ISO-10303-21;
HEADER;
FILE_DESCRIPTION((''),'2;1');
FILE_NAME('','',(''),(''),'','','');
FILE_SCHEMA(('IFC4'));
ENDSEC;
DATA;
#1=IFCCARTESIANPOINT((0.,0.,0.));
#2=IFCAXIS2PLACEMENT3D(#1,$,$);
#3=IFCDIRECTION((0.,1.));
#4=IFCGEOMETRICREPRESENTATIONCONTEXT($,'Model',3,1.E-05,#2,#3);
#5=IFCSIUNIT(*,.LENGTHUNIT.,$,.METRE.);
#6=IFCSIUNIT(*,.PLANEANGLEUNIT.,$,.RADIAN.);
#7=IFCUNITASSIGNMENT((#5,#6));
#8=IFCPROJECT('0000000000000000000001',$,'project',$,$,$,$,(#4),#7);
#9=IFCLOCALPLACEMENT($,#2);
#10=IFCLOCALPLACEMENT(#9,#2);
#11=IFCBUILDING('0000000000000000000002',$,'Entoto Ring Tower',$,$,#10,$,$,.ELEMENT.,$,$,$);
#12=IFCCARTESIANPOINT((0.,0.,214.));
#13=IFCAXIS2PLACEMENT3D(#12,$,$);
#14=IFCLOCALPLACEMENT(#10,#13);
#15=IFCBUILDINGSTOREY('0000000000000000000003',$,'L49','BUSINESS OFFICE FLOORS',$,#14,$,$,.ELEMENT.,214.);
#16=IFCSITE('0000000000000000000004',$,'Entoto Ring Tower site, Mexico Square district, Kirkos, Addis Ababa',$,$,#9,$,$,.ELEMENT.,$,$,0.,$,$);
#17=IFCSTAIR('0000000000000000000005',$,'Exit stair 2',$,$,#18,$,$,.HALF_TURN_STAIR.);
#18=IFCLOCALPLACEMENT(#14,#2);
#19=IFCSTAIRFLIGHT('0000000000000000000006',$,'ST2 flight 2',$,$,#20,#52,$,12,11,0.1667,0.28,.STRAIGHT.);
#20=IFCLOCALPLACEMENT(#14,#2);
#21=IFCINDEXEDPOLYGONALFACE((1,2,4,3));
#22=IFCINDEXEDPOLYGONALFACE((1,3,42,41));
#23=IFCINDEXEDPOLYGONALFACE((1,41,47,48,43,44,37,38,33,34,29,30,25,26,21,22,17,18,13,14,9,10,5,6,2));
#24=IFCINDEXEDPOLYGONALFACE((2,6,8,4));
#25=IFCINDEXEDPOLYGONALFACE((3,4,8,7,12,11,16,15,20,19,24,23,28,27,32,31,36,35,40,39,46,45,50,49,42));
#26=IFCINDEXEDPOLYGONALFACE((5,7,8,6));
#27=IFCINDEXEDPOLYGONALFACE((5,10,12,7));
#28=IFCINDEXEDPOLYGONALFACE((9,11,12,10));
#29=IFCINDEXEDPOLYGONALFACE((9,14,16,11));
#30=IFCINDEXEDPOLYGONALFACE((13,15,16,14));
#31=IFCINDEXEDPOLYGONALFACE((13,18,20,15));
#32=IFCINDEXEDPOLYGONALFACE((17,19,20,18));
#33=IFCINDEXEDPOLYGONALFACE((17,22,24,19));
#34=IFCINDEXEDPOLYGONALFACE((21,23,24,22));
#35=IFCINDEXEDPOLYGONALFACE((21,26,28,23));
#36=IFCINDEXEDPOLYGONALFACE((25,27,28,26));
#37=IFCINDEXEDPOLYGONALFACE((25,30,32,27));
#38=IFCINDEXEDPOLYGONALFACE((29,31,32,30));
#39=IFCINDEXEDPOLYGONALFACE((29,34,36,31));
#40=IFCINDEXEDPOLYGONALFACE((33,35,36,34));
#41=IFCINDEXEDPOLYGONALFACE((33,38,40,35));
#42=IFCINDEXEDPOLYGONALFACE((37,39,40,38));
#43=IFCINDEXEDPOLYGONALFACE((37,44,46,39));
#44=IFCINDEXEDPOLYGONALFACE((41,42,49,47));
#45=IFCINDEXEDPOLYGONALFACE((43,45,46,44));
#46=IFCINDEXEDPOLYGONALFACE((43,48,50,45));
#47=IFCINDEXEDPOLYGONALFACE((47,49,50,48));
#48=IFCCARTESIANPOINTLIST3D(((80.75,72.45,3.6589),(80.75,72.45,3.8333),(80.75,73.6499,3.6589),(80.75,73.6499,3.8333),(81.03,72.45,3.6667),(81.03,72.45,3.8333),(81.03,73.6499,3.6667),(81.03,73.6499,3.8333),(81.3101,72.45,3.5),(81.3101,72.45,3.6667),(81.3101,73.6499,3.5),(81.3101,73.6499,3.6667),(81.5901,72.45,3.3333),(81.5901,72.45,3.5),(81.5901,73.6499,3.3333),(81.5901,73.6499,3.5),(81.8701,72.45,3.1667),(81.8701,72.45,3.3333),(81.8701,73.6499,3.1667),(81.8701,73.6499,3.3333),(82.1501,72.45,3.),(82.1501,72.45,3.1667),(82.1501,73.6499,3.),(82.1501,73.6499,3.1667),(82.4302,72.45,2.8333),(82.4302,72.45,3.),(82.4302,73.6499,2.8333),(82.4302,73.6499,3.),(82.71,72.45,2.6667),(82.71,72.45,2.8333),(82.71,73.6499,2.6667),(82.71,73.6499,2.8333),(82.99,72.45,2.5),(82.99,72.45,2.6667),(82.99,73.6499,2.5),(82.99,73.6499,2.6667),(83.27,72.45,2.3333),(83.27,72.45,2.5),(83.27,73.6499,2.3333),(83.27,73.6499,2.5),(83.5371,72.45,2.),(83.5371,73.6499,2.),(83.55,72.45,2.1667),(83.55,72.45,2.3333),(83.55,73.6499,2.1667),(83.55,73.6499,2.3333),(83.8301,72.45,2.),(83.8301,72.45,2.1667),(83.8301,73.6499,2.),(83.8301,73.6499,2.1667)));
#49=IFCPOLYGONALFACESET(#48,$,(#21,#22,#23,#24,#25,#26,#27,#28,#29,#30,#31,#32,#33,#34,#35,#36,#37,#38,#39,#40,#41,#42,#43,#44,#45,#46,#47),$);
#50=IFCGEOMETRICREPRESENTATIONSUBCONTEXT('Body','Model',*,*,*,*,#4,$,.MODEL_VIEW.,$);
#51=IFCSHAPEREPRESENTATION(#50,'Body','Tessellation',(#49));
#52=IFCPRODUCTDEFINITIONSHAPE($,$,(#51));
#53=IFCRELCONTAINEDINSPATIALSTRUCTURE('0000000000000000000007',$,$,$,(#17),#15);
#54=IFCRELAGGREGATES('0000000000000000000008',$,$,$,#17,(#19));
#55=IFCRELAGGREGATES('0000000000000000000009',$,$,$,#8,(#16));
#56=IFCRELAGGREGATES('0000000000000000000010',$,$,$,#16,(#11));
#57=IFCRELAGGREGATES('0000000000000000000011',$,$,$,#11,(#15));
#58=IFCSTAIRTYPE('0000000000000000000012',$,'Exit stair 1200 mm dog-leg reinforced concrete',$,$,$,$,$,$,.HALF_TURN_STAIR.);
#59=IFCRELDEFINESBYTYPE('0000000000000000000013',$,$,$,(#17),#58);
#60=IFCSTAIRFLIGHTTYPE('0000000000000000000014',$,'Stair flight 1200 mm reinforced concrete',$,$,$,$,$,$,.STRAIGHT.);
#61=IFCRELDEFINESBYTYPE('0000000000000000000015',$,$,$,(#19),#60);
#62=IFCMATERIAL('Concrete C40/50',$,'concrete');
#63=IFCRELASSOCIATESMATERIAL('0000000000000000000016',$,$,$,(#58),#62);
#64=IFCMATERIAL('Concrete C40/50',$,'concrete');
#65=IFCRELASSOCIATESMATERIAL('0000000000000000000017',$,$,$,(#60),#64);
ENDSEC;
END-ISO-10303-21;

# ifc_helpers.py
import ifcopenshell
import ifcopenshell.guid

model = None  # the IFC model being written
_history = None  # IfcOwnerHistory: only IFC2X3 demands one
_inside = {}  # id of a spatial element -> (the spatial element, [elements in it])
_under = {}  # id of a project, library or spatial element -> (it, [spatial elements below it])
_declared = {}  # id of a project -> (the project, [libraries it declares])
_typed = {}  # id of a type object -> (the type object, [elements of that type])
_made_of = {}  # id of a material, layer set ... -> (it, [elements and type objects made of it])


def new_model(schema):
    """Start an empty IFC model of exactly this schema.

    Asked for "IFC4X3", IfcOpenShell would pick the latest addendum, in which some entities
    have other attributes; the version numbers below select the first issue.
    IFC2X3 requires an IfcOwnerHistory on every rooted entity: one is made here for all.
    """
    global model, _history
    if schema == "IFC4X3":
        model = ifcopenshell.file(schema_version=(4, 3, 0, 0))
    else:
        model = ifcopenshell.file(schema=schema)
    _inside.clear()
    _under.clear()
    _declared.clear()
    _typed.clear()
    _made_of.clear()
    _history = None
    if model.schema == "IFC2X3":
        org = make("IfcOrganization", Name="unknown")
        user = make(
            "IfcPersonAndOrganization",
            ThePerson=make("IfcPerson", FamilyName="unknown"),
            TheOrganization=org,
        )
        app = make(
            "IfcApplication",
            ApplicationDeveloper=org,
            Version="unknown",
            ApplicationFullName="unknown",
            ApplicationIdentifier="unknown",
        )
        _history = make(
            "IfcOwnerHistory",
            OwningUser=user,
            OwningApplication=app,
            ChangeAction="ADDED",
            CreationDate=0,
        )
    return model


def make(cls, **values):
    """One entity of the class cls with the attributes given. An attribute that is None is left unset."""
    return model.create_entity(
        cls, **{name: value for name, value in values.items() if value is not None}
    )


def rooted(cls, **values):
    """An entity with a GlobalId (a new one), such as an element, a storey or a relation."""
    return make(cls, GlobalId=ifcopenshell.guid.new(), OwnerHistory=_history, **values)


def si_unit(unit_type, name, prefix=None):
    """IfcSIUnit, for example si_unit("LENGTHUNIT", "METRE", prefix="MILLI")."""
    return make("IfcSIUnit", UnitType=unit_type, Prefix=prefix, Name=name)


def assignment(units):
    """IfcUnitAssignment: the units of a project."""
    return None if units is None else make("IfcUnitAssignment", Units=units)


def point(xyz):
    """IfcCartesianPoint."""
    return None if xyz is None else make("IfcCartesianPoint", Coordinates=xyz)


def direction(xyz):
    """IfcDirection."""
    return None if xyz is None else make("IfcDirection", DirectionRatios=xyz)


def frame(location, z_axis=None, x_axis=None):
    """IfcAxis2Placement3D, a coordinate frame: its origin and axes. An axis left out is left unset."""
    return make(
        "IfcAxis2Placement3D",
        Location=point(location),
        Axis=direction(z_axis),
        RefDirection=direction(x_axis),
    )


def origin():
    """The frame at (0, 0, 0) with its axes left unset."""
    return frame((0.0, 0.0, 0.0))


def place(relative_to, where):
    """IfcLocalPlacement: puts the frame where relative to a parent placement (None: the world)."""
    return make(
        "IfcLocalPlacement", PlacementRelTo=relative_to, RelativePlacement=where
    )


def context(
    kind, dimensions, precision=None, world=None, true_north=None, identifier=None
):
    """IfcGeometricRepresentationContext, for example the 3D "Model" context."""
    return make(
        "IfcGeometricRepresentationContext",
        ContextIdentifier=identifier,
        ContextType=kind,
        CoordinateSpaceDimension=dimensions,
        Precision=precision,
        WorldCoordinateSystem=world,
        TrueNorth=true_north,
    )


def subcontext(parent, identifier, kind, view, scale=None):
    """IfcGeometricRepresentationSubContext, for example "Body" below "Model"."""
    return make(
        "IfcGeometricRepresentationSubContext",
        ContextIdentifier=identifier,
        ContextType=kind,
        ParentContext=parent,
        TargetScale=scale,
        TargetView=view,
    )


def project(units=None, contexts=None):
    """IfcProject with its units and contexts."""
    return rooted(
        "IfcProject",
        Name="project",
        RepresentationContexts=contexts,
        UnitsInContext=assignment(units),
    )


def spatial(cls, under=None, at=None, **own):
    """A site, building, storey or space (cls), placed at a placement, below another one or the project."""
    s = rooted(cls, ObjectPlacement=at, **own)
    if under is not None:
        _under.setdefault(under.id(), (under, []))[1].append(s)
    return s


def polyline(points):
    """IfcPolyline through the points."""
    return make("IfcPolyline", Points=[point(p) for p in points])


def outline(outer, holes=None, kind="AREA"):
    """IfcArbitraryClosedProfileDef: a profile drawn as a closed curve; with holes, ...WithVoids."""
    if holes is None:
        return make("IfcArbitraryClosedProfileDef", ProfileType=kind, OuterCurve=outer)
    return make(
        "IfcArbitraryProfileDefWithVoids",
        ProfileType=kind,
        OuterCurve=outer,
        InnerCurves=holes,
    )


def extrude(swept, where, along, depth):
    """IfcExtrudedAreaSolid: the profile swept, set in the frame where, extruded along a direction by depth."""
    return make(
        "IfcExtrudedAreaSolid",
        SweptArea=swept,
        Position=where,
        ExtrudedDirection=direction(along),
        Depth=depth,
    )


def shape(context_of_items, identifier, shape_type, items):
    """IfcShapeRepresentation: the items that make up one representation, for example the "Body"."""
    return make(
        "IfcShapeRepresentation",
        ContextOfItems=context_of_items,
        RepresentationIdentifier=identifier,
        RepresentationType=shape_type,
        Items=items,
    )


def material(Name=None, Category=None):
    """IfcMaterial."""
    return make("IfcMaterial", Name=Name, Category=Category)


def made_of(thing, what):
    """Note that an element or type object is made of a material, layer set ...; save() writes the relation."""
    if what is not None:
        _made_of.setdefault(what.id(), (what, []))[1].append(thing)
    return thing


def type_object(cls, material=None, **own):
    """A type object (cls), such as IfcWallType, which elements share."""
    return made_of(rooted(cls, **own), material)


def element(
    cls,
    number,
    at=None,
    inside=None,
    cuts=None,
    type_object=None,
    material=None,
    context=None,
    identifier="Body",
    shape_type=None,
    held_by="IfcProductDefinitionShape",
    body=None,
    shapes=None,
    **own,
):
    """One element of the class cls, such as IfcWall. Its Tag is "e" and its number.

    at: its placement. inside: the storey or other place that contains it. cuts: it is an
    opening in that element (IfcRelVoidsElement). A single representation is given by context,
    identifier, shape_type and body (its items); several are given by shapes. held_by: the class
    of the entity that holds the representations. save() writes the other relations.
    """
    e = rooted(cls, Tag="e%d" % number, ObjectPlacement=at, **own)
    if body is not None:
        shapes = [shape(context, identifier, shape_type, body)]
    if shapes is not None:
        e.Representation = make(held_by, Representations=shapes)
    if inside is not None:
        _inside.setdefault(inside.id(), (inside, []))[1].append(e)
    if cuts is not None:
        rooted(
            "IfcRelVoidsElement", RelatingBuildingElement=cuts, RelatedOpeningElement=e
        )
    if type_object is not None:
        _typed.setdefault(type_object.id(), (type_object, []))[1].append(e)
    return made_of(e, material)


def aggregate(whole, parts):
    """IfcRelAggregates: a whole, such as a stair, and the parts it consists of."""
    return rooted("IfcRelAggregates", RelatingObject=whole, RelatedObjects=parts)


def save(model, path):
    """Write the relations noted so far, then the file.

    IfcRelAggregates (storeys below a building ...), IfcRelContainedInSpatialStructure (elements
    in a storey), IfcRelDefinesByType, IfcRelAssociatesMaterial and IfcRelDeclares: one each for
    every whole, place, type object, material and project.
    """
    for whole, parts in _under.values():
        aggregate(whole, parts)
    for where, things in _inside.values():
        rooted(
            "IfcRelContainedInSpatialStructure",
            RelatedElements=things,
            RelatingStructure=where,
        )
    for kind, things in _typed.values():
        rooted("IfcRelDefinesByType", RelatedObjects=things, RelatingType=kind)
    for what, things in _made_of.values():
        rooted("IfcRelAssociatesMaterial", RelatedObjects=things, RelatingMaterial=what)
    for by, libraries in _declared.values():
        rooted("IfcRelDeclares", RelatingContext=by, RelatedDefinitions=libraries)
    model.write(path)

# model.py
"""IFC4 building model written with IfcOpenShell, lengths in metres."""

from ifc_helpers import new_model, si_unit, direction, frame, origin, place, context, subcontext, project, spatial, polyline, outline, extrude, material, type_object, element, aggregate, save


model = new_model("IFC4")

# Units and contexts
model_context = context("Model", 3, precision=1e-05, world=origin(), true_north=direction((0.0, 1.0)))
body_context = subcontext(model_context, "Body", "Model", "MODEL_VIEW")
ifc_project = project(units=[si_unit("LENGTHUNIT", "METRE"), si_unit("PLANEANGLEUNIT", "RADIAN")], contexts=[model_context])

# Site, building, storey
site_placement = place(None, origin())
site = spatial("IfcSite", under=ifc_project, at=site_placement, Name="Entoto Ring Tower site, Mexico Square district, Kirkos, Addis Ababa", CompositionType="ELEMENT", RefElevation=0.0)
building_placement = place(site_placement, origin())
building = spatial("IfcBuilding", under=site, at=building_placement, Name="Entoto Ring Tower", CompositionType="ELEMENT")
storey_placement = place(building_placement, frame((0.0, 0.0, 214.0)))
storey = spatial("IfcBuildingStorey", under=building, at=storey_placement, Name="L49", Description="BUSINESS OFFICE FLOORS", CompositionType="ELEMENT", Elevation=214.0)

# Stair, stair flight
ifc_material_1 = material(Name="Concrete C40/50", Category="concrete")
stair_type = type_object("IfcStairType", Name="Exit stair 1200 mm dog-leg reinforced concrete", PredefinedType="HALF_TURN_STAIR", material=ifc_material_1)
stair_placement = place(storey_placement, origin())
stair = element("IfcStair", 1, at=stair_placement, inside=storey, type_object=stair_type, Name="Exit stair 2", PredefinedType="HALF_TURN_STAIR")
ifc_material_2 = material(Name="Concrete C40/50", Category="concrete")
stair_flight_type = type_object("IfcStairFlightType", Name="Stair flight 1200 mm reinforced concrete", PredefinedType="STRAIGHT", material=ifc_material_2)
stair_flight_1_placement = place(storey_placement, frame((83.8301, 73.05, 2.0), z_axis=(0.0, 0.0, 1.0), x_axis=(-1.0, 0.0, 0.0)))
stair_flight_1 = element("IfcStairFlight", 2, at=stair_flight_1_placement, type_object=stair_flight_type, Name="ST2 flight 2", NumberOfRisers=12, NumberOfTreads=11, PredefinedType="STRAIGHT", RiserHeight=0.1667, TreadLength=0.28, context=body_context, shape_type="SweptSolid", body=[
    extrude(outline(polyline([(0.0, 0.0), (0.0, 0.1667), (0.28, 0.1667), (0.28, 0.3333), (0.5601, 0.3333), (0.5601, 0.5), (0.8401, 0.5), (0.8401, 0.6667), (1.1201, 0.6667), (1.1201, 0.8333), (1.3999, 0.8333), (1.3999, 1.0), (1.6799, 1.0), (1.6799, 1.1667), (1.96, 1.1667), (1.96, 1.3333), (2.24, 1.3333), (2.24, 1.5), (2.52, 1.5), (2.52, 1.6667), (2.8, 1.6667), (2.8, 1.8333), (3.0801, 1.8333), (3.0801, 2.0), (3.0801, 1.6589), (0.293, 0.0), (0.0, 0.0)])), frame((0.0, 0.6001, 0.0), z_axis=(0.0, -1.0, 0.0), x_axis=(1.0, 0.0, 0.0)), (0.0, 0.0, 1.0), 1.2),
])
aggregate(stair, [stair_flight_1])

save(model, "model.ifc")
